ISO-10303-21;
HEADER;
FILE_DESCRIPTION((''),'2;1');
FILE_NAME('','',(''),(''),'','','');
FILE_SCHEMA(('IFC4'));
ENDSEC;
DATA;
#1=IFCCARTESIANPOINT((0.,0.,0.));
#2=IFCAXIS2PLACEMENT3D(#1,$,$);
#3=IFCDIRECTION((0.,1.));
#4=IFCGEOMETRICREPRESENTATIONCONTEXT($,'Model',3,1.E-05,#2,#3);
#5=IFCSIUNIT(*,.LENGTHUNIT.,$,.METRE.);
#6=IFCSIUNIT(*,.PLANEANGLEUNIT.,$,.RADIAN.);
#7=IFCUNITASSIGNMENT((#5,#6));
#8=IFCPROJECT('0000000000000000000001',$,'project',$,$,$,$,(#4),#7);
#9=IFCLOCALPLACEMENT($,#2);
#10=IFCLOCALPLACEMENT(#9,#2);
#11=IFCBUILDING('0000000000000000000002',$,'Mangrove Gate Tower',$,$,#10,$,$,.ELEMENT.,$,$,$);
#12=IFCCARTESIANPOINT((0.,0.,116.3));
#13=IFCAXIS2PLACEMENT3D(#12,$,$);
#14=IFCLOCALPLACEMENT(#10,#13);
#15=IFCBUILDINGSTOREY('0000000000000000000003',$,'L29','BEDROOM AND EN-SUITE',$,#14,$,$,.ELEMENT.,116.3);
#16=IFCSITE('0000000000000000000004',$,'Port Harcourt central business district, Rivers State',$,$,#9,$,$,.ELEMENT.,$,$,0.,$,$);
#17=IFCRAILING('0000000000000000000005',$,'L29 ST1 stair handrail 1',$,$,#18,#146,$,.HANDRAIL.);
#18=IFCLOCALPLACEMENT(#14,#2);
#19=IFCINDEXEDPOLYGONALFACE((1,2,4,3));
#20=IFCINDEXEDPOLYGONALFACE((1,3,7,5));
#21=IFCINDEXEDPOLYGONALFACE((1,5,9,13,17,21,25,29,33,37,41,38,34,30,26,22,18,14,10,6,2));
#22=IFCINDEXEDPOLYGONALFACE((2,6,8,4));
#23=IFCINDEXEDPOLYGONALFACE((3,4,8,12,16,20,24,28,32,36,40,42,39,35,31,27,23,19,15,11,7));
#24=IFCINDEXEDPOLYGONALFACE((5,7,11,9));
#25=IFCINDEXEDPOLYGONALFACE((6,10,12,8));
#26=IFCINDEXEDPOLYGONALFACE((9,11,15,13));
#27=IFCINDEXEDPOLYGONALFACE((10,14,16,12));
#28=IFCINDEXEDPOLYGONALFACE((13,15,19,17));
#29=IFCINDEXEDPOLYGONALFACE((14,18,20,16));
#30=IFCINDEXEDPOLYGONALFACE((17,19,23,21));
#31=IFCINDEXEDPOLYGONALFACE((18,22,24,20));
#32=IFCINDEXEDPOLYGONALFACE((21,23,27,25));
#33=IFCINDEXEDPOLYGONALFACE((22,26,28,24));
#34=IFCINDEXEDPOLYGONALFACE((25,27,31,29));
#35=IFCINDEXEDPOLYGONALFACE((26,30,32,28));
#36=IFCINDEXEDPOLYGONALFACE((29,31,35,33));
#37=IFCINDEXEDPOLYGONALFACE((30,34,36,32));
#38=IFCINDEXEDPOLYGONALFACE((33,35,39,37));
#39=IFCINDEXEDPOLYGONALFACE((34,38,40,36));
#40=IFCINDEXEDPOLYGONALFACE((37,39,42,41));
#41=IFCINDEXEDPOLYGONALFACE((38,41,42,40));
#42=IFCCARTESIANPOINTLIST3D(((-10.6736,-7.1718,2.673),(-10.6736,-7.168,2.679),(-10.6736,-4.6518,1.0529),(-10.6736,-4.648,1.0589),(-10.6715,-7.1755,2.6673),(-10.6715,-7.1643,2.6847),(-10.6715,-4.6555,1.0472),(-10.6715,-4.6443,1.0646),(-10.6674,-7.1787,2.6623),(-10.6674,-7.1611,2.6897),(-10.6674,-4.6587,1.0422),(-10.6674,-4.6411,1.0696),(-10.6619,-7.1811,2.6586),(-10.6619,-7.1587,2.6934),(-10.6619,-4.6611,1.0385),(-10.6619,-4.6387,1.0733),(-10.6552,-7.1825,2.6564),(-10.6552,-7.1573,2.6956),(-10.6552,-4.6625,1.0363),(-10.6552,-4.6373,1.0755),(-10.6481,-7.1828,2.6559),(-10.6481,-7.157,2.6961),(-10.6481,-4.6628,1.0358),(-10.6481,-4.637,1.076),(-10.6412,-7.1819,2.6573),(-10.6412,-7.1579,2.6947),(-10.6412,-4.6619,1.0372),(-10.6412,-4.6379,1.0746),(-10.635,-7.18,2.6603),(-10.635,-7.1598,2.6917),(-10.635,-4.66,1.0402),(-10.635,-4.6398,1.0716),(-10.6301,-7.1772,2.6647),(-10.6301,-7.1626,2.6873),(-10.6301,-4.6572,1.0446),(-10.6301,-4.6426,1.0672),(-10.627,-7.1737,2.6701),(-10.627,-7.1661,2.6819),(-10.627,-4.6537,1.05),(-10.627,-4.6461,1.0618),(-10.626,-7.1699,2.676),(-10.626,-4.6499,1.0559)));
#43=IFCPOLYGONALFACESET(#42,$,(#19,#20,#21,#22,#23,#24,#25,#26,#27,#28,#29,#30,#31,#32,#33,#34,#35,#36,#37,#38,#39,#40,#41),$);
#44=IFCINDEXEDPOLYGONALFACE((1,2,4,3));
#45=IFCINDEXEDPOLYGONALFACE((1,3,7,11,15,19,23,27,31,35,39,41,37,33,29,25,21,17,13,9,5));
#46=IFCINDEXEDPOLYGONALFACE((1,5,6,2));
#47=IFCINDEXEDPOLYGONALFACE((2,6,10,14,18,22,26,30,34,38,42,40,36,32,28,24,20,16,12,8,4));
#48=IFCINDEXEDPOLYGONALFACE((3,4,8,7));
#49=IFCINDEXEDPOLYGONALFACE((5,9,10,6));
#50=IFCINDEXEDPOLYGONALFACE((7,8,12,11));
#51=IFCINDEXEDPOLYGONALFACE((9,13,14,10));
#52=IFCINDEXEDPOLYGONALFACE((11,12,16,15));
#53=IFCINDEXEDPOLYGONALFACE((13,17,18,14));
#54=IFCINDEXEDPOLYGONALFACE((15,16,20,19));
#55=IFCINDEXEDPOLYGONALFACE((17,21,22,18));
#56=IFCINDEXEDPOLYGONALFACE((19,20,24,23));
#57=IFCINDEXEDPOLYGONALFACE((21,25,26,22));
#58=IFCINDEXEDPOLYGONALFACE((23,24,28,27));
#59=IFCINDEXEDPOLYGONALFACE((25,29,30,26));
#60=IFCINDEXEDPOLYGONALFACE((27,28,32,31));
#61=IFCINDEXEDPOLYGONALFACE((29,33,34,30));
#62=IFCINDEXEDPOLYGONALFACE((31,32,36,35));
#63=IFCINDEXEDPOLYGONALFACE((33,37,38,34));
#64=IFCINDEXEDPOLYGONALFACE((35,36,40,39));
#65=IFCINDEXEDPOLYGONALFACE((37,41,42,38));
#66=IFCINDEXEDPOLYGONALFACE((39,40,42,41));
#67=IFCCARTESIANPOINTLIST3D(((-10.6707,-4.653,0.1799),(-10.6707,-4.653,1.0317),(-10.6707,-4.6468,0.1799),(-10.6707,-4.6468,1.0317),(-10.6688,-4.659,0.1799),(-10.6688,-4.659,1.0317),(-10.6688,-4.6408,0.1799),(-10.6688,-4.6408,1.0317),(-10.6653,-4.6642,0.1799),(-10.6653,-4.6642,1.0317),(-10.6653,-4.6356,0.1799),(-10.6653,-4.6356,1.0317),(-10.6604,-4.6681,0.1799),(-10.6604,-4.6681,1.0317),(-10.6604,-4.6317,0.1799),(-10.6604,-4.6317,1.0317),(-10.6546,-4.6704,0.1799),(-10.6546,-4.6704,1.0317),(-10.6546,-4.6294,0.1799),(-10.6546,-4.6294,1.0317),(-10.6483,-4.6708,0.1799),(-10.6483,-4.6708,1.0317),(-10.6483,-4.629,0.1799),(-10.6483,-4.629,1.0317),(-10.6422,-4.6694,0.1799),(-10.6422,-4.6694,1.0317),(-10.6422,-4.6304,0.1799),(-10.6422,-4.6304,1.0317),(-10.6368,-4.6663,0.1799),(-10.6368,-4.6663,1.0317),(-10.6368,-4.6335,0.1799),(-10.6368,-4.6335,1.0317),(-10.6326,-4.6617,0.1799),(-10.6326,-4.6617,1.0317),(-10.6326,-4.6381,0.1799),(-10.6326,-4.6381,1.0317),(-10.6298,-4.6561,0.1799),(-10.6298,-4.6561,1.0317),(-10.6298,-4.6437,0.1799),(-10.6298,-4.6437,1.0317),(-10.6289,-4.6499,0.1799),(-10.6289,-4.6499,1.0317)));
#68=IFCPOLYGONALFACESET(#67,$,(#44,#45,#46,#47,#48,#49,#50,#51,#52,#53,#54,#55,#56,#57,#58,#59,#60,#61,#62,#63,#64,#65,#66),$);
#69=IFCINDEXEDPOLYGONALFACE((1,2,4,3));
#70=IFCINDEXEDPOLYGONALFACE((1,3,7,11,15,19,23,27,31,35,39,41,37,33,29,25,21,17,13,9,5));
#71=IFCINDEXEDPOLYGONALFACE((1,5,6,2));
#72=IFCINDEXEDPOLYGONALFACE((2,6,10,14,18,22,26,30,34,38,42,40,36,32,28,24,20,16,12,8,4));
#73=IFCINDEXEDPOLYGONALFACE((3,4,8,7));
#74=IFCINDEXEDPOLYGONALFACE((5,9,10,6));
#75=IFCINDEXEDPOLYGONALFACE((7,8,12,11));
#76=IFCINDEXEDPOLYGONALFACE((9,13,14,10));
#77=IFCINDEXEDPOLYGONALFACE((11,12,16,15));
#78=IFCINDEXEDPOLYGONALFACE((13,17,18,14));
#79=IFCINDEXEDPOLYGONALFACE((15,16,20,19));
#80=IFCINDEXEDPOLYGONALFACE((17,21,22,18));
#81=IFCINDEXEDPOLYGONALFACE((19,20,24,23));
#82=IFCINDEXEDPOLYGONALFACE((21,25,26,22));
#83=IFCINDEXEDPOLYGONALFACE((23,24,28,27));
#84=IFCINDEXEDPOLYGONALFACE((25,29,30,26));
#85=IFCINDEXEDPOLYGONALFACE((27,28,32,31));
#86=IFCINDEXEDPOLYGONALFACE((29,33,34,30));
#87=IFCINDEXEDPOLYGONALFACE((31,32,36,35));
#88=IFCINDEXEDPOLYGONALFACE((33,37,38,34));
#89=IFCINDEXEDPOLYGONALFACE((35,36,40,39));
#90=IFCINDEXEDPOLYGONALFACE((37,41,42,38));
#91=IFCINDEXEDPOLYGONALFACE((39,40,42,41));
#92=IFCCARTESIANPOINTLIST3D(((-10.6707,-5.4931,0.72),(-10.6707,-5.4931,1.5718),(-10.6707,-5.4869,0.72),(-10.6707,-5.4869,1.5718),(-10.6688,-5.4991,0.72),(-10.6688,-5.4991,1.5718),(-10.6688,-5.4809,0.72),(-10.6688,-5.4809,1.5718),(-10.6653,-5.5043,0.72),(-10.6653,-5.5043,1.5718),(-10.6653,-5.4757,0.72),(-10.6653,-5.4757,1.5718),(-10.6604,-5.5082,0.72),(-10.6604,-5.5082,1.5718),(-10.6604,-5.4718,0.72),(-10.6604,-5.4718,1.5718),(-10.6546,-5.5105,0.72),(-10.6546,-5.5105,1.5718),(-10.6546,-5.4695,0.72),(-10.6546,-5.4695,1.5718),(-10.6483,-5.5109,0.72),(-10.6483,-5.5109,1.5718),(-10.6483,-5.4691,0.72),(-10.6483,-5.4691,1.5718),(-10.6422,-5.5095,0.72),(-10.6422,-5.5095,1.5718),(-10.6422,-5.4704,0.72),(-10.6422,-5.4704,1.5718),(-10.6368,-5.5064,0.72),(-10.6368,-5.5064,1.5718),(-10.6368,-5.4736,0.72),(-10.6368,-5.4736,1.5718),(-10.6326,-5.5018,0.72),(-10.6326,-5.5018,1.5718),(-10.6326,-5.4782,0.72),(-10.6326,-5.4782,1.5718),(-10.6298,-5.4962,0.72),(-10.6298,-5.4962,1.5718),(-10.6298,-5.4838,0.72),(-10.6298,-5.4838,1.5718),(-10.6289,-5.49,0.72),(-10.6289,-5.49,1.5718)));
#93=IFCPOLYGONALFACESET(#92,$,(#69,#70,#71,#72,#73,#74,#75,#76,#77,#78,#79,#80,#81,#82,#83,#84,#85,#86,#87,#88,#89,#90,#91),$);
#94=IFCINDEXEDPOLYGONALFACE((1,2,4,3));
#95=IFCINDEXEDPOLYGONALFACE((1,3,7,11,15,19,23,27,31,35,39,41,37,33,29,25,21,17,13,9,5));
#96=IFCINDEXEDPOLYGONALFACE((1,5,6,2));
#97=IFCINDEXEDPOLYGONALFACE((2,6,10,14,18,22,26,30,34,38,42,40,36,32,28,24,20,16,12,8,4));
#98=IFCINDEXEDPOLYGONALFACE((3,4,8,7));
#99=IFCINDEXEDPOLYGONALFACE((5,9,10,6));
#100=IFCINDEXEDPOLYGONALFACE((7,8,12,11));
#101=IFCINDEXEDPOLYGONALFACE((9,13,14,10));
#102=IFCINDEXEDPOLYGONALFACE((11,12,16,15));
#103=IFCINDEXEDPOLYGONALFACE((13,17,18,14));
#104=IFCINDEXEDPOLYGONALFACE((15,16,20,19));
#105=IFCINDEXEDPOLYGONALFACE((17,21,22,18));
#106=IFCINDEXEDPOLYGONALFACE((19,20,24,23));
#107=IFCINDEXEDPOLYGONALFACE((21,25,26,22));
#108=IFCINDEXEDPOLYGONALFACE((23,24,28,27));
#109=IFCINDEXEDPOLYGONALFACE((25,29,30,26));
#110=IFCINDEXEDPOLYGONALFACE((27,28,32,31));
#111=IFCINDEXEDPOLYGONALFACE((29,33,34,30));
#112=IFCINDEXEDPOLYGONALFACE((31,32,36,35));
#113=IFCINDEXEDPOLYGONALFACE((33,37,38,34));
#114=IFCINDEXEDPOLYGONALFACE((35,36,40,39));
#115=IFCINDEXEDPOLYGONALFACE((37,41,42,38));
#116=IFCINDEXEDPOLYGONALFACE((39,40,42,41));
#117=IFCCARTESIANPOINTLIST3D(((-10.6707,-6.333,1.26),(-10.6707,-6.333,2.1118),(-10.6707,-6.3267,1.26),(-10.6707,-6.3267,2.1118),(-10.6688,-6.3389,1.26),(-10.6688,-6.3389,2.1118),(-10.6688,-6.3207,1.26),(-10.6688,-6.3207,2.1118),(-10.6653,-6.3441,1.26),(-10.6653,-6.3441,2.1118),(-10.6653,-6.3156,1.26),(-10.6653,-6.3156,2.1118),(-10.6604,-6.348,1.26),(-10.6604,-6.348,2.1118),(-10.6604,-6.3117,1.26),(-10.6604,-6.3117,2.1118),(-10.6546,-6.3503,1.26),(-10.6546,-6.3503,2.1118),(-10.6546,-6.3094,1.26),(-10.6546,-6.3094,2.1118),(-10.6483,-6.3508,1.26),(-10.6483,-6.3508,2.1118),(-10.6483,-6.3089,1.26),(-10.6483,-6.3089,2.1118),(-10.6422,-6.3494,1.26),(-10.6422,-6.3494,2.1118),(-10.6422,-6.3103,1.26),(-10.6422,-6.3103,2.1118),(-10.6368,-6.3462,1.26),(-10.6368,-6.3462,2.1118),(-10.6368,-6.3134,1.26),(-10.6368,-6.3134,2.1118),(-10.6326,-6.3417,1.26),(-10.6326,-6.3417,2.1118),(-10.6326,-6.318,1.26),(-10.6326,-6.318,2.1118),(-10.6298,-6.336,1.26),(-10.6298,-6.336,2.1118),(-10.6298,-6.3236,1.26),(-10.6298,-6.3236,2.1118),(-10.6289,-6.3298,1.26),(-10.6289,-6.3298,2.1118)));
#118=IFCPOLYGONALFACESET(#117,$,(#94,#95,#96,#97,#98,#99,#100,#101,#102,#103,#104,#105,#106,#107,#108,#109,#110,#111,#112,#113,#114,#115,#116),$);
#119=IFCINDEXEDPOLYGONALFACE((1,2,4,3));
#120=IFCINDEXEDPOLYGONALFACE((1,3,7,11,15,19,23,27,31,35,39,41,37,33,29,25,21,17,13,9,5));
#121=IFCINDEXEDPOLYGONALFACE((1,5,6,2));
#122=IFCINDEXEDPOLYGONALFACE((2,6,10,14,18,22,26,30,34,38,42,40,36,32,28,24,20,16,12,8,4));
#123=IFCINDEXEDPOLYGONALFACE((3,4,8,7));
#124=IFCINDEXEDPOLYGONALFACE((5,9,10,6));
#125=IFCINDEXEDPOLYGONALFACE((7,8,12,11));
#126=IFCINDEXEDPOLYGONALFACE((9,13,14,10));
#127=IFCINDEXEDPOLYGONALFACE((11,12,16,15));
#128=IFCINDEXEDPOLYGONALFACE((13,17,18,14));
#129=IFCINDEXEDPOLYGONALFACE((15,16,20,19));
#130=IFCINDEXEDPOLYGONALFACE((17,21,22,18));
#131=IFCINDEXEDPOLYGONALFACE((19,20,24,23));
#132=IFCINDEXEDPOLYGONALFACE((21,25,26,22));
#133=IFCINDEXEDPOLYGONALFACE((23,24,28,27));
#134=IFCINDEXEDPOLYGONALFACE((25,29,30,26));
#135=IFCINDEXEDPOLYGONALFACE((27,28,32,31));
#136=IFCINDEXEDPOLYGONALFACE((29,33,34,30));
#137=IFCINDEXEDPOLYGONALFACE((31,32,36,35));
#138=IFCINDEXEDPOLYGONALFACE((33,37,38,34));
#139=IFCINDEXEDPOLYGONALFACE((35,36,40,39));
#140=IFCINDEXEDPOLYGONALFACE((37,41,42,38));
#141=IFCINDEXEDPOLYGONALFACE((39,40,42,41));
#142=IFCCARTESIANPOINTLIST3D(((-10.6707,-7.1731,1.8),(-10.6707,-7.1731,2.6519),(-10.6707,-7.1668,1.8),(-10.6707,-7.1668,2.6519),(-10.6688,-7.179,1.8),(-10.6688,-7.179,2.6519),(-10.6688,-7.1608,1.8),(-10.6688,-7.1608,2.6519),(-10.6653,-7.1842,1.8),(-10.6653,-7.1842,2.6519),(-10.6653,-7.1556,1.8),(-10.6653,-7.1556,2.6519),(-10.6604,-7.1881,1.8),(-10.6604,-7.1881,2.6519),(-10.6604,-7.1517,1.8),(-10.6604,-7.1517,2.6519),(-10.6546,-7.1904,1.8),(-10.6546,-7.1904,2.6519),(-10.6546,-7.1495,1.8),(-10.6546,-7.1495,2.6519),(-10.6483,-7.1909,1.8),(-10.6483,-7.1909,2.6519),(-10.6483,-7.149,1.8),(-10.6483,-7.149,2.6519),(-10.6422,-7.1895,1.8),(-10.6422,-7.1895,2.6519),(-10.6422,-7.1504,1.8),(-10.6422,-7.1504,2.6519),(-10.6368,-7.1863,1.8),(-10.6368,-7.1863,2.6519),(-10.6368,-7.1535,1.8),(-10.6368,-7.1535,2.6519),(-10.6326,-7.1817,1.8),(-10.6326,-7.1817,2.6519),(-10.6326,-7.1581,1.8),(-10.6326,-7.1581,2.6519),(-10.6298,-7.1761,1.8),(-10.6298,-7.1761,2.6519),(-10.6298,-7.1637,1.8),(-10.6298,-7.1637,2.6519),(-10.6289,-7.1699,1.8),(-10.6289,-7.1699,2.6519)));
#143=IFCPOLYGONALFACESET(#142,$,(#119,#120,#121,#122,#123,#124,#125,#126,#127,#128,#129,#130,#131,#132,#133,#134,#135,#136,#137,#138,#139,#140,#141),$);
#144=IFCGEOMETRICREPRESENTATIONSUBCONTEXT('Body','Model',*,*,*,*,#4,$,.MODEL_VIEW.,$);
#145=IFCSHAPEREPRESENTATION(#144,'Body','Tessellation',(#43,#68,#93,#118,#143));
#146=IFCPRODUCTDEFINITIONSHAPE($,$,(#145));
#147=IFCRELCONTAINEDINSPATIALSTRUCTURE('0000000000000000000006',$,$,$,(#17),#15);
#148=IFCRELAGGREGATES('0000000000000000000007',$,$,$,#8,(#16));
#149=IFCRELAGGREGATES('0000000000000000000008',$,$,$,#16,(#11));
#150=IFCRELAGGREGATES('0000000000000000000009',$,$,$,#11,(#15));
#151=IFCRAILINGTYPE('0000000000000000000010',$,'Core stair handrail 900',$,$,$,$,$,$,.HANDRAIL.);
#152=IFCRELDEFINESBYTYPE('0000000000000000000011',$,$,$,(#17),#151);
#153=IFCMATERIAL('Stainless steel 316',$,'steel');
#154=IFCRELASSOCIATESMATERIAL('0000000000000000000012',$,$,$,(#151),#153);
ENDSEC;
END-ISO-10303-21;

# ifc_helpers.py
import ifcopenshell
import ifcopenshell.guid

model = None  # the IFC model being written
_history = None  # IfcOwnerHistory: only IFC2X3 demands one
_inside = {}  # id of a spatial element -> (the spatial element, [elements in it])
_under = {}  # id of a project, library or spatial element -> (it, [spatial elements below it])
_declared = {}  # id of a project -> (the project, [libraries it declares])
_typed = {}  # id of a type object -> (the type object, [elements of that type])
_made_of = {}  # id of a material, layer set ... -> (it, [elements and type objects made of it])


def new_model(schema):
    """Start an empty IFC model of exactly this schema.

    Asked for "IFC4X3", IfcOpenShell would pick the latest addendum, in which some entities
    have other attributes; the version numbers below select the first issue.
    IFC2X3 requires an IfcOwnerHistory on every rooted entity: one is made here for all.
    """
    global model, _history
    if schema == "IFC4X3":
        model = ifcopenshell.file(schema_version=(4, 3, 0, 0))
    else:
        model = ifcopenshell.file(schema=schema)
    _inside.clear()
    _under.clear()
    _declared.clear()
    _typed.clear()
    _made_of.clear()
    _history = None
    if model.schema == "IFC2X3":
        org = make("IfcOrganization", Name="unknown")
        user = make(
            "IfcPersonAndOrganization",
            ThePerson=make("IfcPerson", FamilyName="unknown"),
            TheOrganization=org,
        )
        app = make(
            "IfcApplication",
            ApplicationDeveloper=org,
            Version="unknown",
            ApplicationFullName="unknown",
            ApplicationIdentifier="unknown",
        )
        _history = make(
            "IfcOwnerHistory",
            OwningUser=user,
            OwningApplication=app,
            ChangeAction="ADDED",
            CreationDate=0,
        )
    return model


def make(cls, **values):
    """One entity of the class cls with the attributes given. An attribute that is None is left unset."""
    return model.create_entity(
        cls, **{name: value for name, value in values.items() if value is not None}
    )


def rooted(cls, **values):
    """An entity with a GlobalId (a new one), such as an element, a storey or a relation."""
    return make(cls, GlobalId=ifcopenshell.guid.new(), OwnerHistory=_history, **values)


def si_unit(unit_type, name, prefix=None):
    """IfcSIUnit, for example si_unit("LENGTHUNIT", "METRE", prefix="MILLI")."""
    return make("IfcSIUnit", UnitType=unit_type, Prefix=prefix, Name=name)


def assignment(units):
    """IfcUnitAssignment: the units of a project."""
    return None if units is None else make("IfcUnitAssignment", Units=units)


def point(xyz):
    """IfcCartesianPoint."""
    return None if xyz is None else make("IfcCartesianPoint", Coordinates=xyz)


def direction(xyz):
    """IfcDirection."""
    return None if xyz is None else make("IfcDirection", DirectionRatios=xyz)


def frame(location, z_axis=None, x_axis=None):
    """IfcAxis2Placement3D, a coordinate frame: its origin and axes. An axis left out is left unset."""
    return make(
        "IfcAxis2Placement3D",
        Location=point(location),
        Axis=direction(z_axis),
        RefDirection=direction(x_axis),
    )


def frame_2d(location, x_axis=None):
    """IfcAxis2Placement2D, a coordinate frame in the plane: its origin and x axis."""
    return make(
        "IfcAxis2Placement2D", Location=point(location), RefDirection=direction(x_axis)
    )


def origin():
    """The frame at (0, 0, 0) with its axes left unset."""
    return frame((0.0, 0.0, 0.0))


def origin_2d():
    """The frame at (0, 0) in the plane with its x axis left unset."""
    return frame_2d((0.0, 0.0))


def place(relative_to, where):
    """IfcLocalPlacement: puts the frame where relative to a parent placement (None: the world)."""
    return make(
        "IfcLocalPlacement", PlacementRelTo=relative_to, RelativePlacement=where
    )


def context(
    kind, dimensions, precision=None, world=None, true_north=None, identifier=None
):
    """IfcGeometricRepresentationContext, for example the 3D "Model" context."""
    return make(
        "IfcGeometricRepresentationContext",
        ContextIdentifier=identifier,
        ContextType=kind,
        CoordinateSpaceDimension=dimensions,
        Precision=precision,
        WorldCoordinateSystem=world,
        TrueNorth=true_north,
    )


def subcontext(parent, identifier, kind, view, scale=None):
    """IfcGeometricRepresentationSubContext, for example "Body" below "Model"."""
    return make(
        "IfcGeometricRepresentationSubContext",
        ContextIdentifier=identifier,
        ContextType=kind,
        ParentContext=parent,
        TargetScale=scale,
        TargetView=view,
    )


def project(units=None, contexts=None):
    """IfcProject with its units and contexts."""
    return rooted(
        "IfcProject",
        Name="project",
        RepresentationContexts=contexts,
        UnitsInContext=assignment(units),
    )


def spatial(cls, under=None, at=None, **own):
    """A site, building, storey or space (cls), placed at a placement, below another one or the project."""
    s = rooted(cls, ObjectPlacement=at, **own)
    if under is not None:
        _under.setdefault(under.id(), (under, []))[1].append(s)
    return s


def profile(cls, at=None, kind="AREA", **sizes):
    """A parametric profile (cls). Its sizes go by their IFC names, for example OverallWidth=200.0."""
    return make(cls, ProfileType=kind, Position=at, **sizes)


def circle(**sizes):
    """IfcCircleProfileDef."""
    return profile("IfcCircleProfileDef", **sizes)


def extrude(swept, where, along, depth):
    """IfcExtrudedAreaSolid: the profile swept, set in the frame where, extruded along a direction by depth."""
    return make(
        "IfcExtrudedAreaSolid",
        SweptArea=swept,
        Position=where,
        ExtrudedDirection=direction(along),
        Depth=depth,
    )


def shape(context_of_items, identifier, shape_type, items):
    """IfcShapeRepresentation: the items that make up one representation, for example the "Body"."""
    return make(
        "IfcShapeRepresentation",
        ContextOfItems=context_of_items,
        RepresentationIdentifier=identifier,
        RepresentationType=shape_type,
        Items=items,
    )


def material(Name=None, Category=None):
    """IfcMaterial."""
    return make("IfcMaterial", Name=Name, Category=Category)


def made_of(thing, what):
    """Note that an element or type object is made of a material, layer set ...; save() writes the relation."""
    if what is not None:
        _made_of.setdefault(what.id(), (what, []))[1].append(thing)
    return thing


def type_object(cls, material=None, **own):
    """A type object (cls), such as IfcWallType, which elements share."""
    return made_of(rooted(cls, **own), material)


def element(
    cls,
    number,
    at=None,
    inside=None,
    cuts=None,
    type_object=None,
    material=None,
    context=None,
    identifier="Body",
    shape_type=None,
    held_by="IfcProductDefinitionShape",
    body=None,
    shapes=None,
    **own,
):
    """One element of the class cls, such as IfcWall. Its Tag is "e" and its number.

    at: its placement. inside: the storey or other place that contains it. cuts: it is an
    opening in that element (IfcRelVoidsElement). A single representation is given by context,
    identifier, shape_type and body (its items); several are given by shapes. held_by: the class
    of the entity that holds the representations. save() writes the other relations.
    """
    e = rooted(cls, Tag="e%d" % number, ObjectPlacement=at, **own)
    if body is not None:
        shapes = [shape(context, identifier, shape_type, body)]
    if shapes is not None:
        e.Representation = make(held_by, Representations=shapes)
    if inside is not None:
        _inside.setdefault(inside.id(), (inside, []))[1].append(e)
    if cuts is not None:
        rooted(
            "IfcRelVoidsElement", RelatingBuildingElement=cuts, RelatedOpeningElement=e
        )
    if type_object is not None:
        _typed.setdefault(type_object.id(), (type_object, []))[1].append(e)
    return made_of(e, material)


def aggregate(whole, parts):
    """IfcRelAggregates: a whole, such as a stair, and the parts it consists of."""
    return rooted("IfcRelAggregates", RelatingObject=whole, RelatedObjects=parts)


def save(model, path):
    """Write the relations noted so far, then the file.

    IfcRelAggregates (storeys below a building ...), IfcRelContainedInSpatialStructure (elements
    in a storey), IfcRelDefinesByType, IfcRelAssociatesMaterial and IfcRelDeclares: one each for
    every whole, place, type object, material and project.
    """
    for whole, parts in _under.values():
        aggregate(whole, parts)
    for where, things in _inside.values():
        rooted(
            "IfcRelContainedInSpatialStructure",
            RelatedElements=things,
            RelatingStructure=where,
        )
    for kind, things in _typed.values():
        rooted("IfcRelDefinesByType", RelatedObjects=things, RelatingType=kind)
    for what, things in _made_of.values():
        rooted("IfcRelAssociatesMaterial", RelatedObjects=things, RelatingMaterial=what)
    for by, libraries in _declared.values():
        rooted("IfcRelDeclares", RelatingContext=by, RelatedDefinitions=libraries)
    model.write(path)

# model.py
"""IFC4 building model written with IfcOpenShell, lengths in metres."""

from ifc_helpers import new_model, si_unit, direction, frame, origin, origin_2d, place, context, subcontext, project, spatial, circle, extrude, material, type_object, element, save


model = new_model("IFC4")

# Units and contexts
model_context = context("Model", 3, precision=1e-05, world=origin(), true_north=direction((0.0, 1.0)))
body_context = subcontext(model_context, "Body", "Model", "MODEL_VIEW")
ifc_project = project(units=[si_unit("LENGTHUNIT", "METRE"), si_unit("PLANEANGLEUNIT", "RADIAN")], contexts=[model_context])

# Site, building, storey
site_placement = place(None, origin())
site = spatial("IfcSite", under=ifc_project, at=site_placement, Name="Port Harcourt central business district, Rivers State", CompositionType="ELEMENT", RefElevation=0.0)
building_placement = place(site_placement, origin())
building = spatial("IfcBuilding", under=site, at=building_placement, Name="Mangrove Gate Tower", CompositionType="ELEMENT")
storey_placement = place(building_placement, frame((0.0, 0.0, 116.3)))
storey = spatial("IfcBuildingStorey", under=building, at=storey_placement, Name="L29", Description="BEDROOM AND EN-SUITE", CompositionType="ELEMENT", Elevation=116.3)

# Railing
ifc_material_1 = material(Name="Stainless steel 316", Category="steel")
railing_type_1 = type_object("IfcRailingType", Name="Core stair handrail 900", PredefinedType="HANDRAIL", material=ifc_material_1)
railing_1_placement = place(storey_placement, frame((-10.6499, -4.6499, 0.1799)))
element("IfcRailing", 1, at=railing_1_placement, inside=storey, type_object=railing_type_1, Name="L29 ST1 stair handrail 1", PredefinedType="HANDRAIL", context=body_context, shape_type="SweptSolid", body=[
    extrude(circle(Radius=0.0239, at=origin_2d()), frame((0.0, 0.0, 0.876), z_axis=(0.0, -0.841163, 0.540782), x_axis=(1.0, 0.0, 0.0)), (0.0, 0.0, 1.0), 2.9958),
    extrude(circle(Radius=0.021, at=origin_2d()), origin(), (0.0, 0.0, 1.0), 0.8518),
    extrude(circle(Radius=0.021, at=origin_2d()), frame((0.0, -0.8401, 0.54)), (0.0, 0.0, 1.0), 0.8518),
    extrude(circle(Radius=0.021, at=origin_2d()), frame((0.0, -1.6799, 1.0801)), (0.0, 0.0, 1.0), 0.8518),
    extrude(circle(Radius=0.021, at=origin_2d()), frame((0.0, -2.52, 1.6201)), (0.0, 0.0, 1.0), 0.8518),
])

save(model, "model.ifc")
